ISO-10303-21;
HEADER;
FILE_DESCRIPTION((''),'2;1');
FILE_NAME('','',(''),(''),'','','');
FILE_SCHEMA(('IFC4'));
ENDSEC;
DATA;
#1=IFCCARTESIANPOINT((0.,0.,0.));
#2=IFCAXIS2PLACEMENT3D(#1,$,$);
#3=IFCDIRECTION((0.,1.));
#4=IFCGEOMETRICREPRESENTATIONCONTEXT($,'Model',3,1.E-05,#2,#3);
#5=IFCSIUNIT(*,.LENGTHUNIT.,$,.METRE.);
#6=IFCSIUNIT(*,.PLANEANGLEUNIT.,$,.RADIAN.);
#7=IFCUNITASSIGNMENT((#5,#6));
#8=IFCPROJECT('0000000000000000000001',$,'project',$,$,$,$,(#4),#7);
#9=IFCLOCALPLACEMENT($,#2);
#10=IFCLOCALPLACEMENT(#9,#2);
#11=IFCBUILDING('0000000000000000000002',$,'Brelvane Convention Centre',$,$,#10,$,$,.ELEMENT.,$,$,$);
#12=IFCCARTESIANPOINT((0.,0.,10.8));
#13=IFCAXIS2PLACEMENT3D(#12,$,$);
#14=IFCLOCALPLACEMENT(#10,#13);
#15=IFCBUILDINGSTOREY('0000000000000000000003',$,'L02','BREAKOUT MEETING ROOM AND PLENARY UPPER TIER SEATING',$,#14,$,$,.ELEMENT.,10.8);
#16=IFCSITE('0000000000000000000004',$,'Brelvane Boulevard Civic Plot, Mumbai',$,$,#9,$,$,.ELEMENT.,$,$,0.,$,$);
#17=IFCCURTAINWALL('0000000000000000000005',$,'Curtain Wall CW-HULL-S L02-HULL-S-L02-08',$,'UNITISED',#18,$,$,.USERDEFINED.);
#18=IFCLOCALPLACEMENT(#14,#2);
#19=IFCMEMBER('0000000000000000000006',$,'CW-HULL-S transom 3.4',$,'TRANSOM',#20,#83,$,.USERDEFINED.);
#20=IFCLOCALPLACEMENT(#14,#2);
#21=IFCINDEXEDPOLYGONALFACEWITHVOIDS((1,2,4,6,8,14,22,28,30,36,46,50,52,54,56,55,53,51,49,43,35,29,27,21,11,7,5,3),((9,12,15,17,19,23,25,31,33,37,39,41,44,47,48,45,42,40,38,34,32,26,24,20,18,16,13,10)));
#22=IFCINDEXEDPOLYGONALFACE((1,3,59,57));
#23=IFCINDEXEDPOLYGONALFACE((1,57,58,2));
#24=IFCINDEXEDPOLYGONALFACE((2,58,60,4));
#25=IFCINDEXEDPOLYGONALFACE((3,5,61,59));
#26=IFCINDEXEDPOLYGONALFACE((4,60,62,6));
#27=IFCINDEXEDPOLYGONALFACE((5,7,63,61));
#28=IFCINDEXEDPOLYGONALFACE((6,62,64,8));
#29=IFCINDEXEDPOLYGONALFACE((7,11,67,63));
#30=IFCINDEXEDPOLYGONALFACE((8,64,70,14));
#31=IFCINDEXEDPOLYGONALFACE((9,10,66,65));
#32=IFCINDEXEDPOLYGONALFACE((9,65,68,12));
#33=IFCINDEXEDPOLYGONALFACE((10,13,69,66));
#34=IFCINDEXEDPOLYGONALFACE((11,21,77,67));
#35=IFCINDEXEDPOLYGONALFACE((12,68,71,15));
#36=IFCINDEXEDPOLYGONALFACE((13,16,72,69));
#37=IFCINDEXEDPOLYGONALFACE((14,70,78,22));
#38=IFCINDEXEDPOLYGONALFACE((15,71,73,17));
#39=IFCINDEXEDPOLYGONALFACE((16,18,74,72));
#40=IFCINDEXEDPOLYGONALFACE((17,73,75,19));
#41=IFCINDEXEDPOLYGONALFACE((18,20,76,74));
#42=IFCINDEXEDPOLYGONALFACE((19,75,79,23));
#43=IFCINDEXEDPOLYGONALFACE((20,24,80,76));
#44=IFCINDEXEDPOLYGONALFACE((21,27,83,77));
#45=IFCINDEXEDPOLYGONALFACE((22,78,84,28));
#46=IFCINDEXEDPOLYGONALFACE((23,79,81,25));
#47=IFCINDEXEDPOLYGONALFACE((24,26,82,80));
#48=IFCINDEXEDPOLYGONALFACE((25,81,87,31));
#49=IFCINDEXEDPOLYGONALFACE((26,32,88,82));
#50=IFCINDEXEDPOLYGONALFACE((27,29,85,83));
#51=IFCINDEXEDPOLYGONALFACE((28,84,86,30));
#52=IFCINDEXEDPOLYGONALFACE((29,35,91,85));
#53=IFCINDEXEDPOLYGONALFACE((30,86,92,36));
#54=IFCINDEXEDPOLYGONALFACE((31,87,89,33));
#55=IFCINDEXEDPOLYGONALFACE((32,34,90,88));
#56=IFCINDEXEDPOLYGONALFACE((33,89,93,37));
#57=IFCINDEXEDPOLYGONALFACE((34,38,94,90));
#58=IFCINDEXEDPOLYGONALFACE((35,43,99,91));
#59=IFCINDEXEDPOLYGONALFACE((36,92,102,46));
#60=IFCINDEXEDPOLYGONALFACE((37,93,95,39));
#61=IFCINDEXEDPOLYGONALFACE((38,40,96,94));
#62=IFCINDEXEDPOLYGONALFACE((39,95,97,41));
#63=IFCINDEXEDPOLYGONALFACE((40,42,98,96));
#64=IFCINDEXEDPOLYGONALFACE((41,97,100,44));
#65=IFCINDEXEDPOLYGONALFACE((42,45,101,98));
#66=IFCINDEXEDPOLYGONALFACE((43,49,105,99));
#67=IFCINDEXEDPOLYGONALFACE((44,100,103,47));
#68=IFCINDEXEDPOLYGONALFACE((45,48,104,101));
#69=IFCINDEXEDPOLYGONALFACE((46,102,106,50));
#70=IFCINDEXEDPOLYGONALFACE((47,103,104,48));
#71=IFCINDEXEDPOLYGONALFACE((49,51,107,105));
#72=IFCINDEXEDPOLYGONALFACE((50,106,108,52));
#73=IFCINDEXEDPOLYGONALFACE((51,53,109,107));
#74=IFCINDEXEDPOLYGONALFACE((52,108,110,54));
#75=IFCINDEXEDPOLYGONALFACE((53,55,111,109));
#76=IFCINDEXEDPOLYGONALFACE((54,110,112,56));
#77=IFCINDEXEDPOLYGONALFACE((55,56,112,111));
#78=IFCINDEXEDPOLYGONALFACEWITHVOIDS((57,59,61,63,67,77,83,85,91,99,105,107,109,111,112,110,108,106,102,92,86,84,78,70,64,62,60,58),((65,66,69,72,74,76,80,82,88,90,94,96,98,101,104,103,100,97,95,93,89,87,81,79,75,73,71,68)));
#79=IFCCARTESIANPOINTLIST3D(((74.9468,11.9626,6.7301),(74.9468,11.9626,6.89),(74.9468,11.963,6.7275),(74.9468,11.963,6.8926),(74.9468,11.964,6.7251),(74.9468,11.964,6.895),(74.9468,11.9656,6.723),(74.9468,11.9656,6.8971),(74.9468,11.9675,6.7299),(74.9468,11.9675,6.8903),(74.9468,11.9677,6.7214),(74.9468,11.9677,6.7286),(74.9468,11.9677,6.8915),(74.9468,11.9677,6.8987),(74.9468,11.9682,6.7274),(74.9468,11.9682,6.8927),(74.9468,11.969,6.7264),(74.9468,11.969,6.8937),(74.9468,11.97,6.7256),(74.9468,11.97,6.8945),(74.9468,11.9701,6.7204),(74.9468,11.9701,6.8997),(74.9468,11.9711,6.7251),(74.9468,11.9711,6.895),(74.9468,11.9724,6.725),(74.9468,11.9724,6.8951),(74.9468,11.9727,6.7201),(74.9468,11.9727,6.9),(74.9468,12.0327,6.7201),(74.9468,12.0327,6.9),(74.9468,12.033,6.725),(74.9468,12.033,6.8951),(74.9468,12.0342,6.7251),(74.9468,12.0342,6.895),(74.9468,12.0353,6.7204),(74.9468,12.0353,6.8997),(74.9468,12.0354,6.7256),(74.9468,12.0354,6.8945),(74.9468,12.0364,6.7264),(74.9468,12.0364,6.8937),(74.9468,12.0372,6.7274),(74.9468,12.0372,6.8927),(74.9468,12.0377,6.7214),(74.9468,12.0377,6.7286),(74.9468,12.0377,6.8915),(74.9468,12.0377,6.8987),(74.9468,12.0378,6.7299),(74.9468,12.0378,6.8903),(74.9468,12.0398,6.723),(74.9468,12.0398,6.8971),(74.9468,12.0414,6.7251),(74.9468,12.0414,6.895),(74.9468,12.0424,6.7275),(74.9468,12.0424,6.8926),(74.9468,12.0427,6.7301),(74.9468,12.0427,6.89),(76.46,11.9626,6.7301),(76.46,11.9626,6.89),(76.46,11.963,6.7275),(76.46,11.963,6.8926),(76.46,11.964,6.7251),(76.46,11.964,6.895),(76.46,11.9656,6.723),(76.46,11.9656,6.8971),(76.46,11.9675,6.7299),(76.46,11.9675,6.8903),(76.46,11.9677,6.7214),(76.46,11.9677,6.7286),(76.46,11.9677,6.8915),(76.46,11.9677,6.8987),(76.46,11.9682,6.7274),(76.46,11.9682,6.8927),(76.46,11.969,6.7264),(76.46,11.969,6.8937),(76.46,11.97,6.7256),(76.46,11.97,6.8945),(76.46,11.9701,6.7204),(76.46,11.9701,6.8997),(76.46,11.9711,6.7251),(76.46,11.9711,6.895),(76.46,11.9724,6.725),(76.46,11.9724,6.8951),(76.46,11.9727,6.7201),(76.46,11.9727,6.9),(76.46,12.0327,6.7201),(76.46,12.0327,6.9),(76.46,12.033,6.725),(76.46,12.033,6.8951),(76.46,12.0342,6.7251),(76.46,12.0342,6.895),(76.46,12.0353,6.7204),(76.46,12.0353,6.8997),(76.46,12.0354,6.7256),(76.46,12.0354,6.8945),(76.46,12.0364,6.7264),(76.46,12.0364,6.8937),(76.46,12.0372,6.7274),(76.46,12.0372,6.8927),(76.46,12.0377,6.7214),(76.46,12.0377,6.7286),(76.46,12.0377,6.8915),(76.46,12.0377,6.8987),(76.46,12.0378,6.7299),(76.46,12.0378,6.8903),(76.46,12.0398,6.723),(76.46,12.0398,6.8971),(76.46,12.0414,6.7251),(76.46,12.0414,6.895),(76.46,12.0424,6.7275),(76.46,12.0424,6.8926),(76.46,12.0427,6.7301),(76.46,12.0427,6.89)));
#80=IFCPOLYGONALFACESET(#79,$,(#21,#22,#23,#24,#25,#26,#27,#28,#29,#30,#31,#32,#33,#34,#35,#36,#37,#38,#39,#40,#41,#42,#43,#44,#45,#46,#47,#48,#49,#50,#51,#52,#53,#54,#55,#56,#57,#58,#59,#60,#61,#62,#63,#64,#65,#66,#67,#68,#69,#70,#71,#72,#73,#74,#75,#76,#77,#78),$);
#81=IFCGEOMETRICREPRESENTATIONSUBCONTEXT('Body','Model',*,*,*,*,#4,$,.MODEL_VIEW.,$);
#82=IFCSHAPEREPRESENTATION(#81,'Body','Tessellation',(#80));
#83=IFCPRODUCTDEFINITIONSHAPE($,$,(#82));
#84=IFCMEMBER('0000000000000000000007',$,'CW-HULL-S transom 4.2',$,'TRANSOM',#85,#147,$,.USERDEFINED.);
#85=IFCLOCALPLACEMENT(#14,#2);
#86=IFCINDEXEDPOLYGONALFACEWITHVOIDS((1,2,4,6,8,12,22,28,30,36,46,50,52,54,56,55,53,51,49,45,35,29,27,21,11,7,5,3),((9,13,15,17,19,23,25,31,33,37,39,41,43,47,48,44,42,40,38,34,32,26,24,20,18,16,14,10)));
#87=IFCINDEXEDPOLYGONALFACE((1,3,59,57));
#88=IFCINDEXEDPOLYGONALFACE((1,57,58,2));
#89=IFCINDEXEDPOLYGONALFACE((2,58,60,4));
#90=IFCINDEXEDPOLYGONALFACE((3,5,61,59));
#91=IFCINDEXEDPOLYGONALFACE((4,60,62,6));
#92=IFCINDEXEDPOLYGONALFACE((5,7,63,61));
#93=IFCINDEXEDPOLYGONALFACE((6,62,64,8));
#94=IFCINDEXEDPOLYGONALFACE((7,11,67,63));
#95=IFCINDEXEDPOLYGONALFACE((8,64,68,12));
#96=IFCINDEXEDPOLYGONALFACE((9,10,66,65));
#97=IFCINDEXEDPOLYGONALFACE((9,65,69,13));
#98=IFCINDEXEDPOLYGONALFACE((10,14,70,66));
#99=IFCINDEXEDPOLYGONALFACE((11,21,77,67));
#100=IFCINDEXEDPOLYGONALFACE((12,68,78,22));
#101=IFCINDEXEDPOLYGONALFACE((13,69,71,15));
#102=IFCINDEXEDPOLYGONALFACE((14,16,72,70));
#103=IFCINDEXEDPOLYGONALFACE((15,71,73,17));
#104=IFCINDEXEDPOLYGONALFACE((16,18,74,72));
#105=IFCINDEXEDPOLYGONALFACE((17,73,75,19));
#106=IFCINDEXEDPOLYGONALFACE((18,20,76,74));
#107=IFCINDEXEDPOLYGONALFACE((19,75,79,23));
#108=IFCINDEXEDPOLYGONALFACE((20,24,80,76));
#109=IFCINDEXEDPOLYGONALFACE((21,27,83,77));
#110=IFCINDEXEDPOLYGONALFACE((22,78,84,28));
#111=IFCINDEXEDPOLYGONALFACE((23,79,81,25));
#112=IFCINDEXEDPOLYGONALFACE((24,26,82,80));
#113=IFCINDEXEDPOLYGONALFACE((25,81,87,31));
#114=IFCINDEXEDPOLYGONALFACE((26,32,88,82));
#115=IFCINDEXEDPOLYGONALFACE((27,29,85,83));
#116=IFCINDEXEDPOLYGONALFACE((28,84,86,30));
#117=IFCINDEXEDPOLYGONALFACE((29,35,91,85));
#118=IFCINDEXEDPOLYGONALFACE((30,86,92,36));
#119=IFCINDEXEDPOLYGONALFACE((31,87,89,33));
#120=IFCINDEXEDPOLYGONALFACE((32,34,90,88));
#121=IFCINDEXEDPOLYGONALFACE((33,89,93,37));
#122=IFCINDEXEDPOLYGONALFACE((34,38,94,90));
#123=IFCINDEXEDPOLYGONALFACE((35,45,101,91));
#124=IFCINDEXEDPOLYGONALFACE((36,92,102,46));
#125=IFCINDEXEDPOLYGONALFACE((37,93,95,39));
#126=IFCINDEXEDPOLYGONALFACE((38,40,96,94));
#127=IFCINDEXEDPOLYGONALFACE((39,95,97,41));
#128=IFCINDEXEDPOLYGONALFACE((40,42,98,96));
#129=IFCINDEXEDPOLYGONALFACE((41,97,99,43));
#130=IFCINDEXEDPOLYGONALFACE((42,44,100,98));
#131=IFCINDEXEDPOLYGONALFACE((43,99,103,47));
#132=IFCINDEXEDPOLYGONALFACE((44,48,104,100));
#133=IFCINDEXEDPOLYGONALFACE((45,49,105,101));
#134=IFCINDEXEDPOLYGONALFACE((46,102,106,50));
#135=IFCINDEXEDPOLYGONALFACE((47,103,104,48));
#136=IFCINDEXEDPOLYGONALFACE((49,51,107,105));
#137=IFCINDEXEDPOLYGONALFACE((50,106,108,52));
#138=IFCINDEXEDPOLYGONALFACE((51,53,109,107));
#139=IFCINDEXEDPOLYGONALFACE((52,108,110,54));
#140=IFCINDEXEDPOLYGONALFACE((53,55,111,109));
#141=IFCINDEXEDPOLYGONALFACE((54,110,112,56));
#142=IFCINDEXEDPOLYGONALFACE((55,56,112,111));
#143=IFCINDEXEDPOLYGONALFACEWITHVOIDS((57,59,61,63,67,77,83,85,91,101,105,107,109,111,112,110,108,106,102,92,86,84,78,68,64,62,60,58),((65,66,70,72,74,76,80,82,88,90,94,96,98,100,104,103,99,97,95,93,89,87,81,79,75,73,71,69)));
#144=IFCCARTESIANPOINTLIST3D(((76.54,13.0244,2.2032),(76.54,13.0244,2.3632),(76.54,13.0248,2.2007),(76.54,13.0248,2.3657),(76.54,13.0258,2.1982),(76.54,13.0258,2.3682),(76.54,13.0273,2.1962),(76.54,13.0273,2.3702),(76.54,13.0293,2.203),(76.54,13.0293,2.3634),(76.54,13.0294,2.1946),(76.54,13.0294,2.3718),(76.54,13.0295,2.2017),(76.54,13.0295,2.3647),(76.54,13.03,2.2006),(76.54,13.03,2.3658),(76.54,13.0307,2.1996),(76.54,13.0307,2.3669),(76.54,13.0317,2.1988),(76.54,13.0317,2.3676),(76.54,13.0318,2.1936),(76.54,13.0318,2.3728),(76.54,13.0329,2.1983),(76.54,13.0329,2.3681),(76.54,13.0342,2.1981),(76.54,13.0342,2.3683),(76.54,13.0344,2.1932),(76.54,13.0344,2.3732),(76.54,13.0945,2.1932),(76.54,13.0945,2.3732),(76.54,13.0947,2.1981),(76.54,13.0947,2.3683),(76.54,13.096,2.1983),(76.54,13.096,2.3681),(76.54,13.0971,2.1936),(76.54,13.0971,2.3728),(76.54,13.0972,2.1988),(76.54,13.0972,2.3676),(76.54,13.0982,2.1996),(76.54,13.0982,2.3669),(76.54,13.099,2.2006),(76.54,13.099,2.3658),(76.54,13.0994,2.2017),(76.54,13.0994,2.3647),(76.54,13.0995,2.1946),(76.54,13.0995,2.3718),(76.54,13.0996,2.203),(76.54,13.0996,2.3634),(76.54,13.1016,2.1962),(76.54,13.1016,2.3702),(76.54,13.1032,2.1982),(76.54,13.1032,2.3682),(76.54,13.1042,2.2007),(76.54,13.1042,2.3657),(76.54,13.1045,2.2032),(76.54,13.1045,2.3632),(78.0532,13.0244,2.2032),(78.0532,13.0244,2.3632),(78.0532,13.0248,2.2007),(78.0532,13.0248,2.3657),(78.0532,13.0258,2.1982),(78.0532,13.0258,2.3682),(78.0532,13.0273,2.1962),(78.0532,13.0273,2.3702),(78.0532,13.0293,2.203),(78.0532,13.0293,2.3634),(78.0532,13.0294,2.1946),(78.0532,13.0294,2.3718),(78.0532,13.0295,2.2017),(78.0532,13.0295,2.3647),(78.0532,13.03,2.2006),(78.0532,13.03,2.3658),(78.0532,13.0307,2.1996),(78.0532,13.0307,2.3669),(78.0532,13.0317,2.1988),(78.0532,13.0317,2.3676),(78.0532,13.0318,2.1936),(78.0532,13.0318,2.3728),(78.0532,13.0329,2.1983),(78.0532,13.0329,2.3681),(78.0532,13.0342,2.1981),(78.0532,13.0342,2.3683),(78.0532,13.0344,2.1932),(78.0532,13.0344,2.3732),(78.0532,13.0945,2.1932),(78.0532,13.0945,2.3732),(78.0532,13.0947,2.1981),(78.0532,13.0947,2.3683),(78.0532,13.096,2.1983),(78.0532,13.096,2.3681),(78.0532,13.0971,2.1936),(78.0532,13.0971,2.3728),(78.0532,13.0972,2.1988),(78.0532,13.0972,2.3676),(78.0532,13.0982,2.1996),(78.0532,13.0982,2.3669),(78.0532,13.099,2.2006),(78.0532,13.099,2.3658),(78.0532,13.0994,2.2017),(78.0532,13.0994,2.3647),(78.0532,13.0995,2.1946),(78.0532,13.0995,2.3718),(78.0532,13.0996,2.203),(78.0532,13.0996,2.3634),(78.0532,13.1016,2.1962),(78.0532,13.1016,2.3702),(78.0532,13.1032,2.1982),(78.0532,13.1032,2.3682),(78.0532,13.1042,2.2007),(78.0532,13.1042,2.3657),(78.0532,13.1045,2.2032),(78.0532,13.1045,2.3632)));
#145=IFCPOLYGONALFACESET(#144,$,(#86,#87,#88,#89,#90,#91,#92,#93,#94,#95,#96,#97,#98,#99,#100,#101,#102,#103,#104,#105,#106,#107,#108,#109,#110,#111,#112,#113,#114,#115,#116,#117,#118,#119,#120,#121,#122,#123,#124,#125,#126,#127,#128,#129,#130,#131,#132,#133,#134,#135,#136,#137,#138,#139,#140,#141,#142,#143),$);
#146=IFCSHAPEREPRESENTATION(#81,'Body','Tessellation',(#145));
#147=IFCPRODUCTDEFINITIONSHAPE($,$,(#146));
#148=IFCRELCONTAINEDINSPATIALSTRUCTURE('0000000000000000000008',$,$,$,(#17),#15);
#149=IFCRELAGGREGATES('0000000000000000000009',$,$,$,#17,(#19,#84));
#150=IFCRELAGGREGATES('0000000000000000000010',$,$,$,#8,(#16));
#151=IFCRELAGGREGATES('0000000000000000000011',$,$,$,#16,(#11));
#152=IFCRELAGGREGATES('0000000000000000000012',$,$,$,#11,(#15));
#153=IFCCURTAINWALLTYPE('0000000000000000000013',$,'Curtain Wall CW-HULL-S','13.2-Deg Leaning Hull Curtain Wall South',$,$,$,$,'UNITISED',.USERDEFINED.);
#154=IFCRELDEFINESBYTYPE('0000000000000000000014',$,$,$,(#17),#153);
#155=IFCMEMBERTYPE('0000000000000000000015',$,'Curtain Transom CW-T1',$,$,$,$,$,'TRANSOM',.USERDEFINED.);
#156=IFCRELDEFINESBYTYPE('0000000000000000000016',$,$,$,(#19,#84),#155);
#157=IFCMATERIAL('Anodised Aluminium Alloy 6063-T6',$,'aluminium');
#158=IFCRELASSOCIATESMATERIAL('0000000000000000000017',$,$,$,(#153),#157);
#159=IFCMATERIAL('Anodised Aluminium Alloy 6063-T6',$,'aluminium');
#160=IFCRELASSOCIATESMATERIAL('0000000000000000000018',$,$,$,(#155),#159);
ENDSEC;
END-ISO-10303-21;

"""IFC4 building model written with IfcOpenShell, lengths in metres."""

from ifc_helpers import new_model, si_unit, direction, frame, origin, origin_2d, place, context, subcontext, project, spatial, hollow_rectangle, extrude, material, material_profile, profile_set, type_object, element, aggregate, save


model = new_model("IFC4")

# Units and contexts
model_context = context("Model", 3, precision=1e-05, world=origin(), true_north=direction((0.0, 1.0)))
body_context = subcontext(model_context, "Body", "Model", "MODEL_VIEW")
ifc_project = project(units=[si_unit("LENGTHUNIT", "METRE"), si_unit("PLANEANGLEUNIT", "RADIAN")], contexts=[model_context])

# Site, building, storey
site_placement = place(None, origin())
site = spatial("IfcSite", under=ifc_project, at=site_placement, Name="Brelvane Boulevard Civic Plot, Mumbai", CompositionType="ELEMENT", RefElevation=0.0)
building_placement = place(site_placement, origin())
building = spatial("IfcBuilding", under=site, at=building_placement, Name="Brelvane Convention Centre", CompositionType="ELEMENT")
storey_placement = place(building_placement, frame((0.0, 0.0, 10.8)))
storey = spatial("IfcBuildingStorey", under=building, at=storey_placement, Name="L02", Description="BREAKOUT MEETING ROOM AND PLENARY UPPER TIER SEATING", CompositionType="ELEMENT", Elevation=10.8)

# Curtain wall, members
ifc_material_1 = material(Name="Anodised Aluminium Alloy 6063-T6", Category="aluminium")
curtain_wall_type = type_object("IfcCurtainWallType", Name="Curtain Wall CW-HULL-S", Description="13.2-Deg Leaning Hull Curtain Wall South", ElementType="UNITISED", PredefinedType="USERDEFINED", material=ifc_material_1)
curtain_wall_1_placement = place(storey_placement, origin())
curtain_wall_1 = element("IfcCurtainWall", 1, at=curtain_wall_1_placement, inside=storey, type_object=curtain_wall_type, Name="Curtain Wall CW-HULL-S L02-HULL-S-L02-08", ObjectType="UNITISED", PredefinedType="USERDEFINED")
ifc_material_2 = material(Name="Anodised Aluminium Alloy 6063-T6", Category="aluminium")
ifc_material_profile = material_profile(ifc_material_2, hollow_rectangle(XDim=0.0801, YDim=0.1799, WallThickness=0.0049, InnerFilletRadius=0.0049, OuterFilletRadius=0.01, at=origin_2d()), Name="ALU-T 180x80x5.0")
ifc_profile_set = profile_set([ifc_material_profile], Name="Anodised Aluminium Alloy 6063-T6")
member_type = type_object("IfcMemberType", Name="Curtain Transom CW-T1", ElementType="TRANSOM", PredefinedType="USERDEFINED", material=ifc_profile_set)
member_1_placement = place(storey_placement, frame((74.9468, 12.0027, 6.8101), z_axis=(1.0, 0.0, 0.0), x_axis=(0.0, 1.0, 0.0)))
member_1 = element("IfcMember", 2, at=member_1_placement, type_object=member_type, Name="CW-HULL-S transom 3.4", ObjectType="TRANSOM", PredefinedType="USERDEFINED", context=body_context, shape_type="SweptSolid", body=[
    extrude(hollow_rectangle(XDim=0.0801, YDim=0.1799, WallThickness=0.0049, InnerFilletRadius=0.0049, OuterFilletRadius=0.01, at=origin_2d()), origin(), (0.0, 0.0, 1.0), 1.5132),
])
member_2_placement = place(storey_placement, frame((76.54, 13.0645, 2.2832), z_axis=(1.0, 0.0, 0.0), x_axis=(0.0, 1.0, 0.0)))
member_2 = element("IfcMember", 3, at=member_2_placement, type_object=member_type, Name="CW-HULL-S transom 4.2", ObjectType="TRANSOM", PredefinedType="USERDEFINED", context=body_context, shape_type="SweptSolid", body=[
    extrude(hollow_rectangle(XDim=0.0801, YDim=0.1799, WallThickness=0.0049, InnerFilletRadius=0.0049, OuterFilletRadius=0.01, at=origin_2d()), origin(), (0.0, 0.0, 1.0), 1.5132),
])

aggregate(curtain_wall_1, [member_1, member_2])

save(model, "model.ifc")
